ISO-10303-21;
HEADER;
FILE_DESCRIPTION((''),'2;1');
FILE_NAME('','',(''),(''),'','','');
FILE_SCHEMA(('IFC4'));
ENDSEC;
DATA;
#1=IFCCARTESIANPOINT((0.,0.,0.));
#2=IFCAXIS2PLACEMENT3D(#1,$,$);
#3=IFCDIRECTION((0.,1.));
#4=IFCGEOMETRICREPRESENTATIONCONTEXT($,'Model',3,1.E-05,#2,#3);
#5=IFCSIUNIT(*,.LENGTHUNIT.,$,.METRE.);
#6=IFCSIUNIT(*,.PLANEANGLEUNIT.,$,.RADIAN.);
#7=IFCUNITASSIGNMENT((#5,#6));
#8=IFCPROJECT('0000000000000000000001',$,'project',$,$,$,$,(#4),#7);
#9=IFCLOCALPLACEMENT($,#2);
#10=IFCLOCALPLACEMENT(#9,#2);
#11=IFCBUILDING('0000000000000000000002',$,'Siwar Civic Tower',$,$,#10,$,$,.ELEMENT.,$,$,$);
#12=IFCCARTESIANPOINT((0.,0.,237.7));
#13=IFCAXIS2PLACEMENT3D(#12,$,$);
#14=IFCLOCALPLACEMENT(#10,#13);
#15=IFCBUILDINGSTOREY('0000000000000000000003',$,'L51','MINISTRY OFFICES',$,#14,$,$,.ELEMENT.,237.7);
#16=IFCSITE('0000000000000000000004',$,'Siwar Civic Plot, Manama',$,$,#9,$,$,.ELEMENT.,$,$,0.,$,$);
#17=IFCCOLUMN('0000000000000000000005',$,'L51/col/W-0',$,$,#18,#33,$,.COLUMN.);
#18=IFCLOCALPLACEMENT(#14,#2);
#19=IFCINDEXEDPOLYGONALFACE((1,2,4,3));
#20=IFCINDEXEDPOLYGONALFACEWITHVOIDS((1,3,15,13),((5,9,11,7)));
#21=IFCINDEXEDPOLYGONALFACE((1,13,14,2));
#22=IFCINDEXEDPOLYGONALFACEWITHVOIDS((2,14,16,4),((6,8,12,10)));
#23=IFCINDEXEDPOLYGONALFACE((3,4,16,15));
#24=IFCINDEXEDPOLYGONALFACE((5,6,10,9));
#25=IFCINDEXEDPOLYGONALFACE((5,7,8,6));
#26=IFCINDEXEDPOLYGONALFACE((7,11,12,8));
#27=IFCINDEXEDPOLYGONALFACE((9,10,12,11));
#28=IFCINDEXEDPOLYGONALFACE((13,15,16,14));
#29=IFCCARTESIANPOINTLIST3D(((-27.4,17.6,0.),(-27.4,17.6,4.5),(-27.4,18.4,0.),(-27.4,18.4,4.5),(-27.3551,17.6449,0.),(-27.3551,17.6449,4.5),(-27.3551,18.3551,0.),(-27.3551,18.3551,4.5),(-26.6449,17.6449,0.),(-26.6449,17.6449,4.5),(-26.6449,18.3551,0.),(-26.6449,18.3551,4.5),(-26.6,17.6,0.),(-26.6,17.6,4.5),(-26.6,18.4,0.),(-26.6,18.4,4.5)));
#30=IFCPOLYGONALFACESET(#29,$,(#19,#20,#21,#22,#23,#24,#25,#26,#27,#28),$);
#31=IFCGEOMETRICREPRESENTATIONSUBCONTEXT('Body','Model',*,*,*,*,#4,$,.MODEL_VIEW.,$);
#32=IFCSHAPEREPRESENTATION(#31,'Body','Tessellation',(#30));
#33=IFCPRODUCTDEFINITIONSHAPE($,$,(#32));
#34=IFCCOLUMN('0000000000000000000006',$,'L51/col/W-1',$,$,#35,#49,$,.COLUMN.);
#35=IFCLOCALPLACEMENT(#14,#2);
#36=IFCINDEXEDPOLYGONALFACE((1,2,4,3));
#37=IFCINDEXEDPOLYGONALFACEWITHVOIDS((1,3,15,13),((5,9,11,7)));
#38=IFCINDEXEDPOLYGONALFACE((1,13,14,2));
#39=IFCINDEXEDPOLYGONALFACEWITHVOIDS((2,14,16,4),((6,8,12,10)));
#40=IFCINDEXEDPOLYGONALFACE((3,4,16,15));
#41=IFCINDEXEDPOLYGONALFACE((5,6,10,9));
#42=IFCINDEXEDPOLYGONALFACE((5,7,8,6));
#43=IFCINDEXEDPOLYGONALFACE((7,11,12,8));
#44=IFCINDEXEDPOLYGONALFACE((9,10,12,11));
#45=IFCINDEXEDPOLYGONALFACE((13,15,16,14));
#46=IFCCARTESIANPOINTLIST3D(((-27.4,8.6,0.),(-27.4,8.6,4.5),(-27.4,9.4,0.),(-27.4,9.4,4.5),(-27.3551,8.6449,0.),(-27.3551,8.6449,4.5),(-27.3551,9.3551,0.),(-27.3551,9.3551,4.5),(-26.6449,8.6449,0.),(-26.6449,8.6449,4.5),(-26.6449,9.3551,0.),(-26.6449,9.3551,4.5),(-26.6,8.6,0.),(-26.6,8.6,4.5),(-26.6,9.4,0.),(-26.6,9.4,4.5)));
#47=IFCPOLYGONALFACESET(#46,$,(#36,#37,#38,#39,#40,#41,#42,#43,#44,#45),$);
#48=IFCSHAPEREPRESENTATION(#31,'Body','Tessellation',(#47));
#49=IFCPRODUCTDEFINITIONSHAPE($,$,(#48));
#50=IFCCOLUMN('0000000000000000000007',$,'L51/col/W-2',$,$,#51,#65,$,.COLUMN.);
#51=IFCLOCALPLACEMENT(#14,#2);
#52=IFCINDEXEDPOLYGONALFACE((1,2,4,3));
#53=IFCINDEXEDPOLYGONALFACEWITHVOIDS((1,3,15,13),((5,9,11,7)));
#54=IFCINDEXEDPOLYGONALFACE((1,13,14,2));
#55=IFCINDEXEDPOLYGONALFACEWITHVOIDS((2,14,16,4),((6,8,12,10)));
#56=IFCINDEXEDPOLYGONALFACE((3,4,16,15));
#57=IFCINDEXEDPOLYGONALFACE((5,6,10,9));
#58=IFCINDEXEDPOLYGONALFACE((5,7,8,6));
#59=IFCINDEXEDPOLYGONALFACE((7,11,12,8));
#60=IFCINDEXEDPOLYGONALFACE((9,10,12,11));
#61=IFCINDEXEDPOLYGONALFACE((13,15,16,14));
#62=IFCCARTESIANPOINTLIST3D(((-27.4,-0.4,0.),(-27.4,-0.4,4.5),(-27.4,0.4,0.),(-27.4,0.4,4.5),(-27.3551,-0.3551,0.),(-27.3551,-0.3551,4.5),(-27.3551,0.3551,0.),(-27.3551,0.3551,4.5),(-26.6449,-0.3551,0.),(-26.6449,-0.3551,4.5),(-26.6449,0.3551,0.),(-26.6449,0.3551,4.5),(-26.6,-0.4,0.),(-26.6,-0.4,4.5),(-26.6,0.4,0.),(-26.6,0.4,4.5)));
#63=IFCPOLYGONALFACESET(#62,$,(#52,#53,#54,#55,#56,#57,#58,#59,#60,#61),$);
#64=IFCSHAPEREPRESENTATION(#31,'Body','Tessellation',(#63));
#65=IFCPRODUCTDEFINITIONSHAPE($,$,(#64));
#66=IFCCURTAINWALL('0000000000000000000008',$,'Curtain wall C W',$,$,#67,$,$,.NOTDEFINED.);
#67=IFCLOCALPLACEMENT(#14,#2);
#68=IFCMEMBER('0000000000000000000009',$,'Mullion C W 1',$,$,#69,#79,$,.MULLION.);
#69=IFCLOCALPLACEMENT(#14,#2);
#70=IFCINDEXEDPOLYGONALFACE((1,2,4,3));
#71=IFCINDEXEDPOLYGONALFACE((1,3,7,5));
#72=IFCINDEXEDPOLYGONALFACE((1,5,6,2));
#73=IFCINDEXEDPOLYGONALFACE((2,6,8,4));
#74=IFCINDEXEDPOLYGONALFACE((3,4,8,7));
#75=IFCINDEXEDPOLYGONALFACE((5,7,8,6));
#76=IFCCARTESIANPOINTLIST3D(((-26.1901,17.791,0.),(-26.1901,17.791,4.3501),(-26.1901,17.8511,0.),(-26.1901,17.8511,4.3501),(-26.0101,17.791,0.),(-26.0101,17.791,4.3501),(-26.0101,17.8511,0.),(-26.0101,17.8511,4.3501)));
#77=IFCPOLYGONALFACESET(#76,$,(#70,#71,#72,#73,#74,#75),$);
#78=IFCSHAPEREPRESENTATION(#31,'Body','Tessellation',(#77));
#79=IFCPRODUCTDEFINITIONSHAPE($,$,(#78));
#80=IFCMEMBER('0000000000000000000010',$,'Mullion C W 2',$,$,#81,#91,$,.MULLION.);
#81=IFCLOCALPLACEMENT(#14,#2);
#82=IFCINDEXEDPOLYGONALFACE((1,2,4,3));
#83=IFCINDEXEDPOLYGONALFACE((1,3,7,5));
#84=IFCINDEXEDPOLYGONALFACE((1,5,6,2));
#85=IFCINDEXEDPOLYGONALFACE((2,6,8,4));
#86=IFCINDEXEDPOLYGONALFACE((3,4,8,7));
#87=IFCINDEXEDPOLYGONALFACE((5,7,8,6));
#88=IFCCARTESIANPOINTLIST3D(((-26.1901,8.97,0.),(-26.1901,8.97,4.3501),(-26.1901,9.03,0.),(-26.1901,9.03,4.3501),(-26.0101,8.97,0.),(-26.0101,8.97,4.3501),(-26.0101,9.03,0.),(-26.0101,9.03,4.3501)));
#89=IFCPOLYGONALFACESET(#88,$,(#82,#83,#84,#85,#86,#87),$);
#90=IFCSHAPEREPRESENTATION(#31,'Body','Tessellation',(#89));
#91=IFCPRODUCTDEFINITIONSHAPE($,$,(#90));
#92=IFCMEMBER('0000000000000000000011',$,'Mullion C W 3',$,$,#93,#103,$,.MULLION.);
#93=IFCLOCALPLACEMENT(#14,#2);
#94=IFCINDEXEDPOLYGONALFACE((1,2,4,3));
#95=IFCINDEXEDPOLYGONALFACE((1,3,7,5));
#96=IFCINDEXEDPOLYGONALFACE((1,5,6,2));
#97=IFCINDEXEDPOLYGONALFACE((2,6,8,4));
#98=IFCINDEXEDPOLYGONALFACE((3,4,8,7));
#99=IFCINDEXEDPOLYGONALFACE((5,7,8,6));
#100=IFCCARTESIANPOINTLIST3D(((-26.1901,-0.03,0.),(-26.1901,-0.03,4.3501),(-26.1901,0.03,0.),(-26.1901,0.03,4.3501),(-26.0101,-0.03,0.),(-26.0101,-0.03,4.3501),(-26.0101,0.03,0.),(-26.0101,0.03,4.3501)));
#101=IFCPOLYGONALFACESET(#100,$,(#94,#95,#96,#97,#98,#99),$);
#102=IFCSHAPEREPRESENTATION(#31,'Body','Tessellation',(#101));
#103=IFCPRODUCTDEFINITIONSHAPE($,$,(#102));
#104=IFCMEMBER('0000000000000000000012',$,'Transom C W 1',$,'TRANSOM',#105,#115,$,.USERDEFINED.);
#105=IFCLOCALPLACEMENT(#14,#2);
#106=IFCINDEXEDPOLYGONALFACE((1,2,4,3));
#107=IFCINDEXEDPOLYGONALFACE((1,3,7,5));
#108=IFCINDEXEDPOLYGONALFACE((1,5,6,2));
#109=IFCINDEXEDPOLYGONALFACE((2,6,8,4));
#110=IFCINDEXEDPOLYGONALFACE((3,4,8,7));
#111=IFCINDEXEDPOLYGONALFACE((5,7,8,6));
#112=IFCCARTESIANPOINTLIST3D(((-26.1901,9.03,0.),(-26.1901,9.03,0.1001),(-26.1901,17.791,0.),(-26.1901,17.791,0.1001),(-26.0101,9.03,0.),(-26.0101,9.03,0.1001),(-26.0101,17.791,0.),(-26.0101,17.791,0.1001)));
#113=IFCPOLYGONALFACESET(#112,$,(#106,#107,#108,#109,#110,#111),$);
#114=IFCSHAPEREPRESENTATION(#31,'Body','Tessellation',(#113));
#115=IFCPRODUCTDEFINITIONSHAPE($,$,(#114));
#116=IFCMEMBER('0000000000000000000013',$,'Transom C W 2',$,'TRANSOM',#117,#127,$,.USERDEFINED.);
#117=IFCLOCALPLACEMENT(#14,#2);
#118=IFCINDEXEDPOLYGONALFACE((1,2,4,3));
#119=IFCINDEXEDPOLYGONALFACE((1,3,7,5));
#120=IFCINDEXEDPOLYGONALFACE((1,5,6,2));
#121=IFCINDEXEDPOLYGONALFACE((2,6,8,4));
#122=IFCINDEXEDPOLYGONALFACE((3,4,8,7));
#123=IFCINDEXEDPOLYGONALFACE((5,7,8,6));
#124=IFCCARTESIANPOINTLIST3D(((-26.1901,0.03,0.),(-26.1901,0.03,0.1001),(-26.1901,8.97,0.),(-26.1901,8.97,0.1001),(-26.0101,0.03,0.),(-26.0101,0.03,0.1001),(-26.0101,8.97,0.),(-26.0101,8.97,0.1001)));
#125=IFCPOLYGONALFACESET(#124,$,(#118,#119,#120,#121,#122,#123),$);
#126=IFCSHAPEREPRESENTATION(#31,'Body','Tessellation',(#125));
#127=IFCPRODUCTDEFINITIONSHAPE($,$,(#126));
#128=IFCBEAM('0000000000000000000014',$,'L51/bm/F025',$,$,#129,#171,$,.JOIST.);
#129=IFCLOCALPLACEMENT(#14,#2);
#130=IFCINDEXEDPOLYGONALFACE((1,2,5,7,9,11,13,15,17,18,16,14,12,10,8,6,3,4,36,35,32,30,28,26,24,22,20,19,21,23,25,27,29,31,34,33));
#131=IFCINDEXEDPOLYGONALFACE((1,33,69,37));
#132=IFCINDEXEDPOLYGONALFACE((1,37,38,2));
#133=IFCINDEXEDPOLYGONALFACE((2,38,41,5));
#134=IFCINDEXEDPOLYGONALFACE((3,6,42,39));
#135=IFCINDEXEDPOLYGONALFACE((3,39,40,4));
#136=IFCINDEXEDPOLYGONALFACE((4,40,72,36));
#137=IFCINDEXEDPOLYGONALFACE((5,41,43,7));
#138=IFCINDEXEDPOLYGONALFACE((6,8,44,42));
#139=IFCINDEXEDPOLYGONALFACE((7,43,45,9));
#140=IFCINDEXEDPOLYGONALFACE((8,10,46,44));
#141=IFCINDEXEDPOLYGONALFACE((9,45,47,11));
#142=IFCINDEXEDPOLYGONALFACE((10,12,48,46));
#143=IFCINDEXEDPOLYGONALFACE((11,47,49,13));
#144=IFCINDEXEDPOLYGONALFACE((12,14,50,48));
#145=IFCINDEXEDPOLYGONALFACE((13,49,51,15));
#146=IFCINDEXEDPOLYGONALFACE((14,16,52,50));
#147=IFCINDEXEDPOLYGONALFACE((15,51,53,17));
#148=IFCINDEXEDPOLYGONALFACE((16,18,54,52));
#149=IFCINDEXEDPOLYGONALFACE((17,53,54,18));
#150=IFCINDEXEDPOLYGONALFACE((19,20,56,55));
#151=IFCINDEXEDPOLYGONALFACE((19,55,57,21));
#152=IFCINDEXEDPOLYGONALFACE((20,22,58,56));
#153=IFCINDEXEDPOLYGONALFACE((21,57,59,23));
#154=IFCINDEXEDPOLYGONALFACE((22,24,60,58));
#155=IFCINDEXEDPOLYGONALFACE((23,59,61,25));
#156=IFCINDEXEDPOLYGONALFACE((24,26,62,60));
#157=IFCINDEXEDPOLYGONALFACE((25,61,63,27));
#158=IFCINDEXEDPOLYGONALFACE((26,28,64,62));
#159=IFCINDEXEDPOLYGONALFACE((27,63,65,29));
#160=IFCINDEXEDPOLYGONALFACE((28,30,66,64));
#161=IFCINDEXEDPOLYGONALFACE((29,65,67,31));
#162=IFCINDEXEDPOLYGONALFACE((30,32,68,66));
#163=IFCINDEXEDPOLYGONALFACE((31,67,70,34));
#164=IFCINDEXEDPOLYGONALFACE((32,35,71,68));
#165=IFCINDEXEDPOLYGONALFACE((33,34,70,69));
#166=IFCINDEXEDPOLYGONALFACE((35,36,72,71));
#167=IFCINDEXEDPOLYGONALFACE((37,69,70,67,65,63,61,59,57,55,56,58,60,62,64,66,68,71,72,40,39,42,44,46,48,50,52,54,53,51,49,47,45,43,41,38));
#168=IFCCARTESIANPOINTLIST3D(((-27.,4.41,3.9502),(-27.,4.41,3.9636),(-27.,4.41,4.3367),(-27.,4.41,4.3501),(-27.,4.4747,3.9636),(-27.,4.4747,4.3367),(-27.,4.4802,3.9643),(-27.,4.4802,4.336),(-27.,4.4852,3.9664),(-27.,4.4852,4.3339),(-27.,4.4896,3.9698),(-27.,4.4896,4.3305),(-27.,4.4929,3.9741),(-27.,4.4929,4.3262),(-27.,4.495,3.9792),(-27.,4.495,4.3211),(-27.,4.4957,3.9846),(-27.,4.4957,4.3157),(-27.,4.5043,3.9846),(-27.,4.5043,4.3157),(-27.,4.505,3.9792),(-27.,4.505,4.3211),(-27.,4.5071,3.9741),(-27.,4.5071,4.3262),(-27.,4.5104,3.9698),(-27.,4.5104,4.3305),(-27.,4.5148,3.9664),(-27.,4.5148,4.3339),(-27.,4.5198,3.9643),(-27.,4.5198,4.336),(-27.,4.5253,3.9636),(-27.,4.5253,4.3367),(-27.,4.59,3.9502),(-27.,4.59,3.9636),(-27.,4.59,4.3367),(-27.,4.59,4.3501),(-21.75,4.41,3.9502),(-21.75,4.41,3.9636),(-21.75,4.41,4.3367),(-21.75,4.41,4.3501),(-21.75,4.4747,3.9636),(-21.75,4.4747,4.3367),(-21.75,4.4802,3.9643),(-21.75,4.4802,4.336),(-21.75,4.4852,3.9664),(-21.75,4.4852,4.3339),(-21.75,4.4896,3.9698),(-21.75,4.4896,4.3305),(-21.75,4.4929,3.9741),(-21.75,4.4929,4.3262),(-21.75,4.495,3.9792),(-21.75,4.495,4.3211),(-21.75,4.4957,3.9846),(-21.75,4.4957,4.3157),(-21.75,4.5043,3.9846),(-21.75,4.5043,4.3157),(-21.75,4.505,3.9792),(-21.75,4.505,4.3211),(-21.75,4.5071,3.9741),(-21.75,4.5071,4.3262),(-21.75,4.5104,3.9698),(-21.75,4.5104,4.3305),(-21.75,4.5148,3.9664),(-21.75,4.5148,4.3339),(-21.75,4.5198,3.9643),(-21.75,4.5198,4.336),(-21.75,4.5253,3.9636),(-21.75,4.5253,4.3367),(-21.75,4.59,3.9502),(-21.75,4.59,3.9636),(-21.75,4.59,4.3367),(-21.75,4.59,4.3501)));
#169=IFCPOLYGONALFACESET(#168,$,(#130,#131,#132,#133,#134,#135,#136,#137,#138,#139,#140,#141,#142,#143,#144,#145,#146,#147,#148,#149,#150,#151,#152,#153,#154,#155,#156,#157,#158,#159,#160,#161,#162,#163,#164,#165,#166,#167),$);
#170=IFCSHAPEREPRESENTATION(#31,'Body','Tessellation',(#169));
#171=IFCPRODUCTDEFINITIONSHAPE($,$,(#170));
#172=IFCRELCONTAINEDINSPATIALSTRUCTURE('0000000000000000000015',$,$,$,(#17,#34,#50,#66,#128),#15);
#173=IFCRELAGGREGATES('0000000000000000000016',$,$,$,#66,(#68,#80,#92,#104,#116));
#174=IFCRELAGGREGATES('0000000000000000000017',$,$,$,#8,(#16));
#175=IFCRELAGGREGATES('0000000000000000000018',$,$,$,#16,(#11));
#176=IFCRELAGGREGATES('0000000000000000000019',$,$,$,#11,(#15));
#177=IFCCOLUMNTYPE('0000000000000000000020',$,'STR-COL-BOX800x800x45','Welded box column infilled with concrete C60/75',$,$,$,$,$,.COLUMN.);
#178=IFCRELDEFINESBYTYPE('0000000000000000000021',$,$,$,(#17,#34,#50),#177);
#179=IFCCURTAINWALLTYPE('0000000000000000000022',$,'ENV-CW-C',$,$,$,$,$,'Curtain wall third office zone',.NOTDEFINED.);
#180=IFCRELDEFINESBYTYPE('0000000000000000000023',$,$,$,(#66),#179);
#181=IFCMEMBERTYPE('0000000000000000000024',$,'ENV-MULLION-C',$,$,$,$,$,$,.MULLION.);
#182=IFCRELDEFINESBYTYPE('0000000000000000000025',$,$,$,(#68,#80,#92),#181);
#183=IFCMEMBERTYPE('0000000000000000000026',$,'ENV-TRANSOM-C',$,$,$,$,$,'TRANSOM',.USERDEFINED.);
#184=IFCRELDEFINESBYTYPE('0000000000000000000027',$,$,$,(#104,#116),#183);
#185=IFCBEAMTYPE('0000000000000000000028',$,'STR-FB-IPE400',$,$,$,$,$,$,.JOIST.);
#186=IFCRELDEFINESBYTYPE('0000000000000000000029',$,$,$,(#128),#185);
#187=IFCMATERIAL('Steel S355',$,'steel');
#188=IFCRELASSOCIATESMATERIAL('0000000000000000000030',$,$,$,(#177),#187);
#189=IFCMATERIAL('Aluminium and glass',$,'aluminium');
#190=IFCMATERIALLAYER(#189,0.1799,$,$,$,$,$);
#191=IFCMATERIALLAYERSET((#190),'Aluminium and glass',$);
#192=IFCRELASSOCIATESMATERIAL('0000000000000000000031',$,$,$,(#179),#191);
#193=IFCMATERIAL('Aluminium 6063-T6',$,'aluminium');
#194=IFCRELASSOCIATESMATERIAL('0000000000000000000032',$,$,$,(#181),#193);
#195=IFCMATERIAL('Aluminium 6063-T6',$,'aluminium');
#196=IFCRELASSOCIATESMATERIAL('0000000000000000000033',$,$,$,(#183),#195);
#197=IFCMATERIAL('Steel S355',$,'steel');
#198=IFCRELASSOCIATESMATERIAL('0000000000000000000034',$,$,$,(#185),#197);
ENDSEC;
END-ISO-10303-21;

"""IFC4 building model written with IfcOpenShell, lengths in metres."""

from ifc_helpers import new_model, si_unit, direction, frame, origin, origin_2d, place, context, subcontext, project, spatial, rectangle, hollow_rectangle, i_section, extrude, material, layer, layer_set, material_profile, profile_set, type_object, element, aggregate, save


model = new_model("IFC4")

# Units and contexts
model_context = context("Model", 3, precision=1e-05, world=origin(), true_north=direction((0.0, 1.0)))
body_context = subcontext(model_context, "Body", "Model", "MODEL_VIEW")
ifc_project = project(units=[si_unit("LENGTHUNIT", "METRE"), si_unit("PLANEANGLEUNIT", "RADIAN")], contexts=[model_context])

# Site, building, storey
site_placement = place(None, origin())
site = spatial("IfcSite", under=ifc_project, at=site_placement, Name="Siwar Civic Plot, Manama", CompositionType="ELEMENT", RefElevation=0.0)
building_placement = place(site_placement, origin())
building = spatial("IfcBuilding", under=site, at=building_placement, Name="Siwar Civic Tower", CompositionType="ELEMENT")
storey_placement = place(building_placement, frame((0.0, 0.0, 237.7)))
storey = spatial("IfcBuildingStorey", under=building, at=storey_placement, Name="L51", Description="MINISTRY OFFICES", CompositionType="ELEMENT", Elevation=237.7)

# Columns
ifc_material_1 = material(Name="Steel S355", Category="steel")
ifc_material_profile_1 = material_profile(ifc_material_1, hollow_rectangle(XDim=0.8, YDim=0.8, WallThickness=0.0449, at=origin_2d()), Name="BOX800x800x45")
ifc_profile_set_1 = profile_set([ifc_material_profile_1], Name="Steel S355")
column_type = type_object("IfcColumnType", Name="STR-COL-BOX800x800x45", Description="Welded box column infilled with concrete C60/75", PredefinedType="COLUMN", material=ifc_profile_set_1)
for number, where, z_axis, x_axis, name in (
    (1, (-27.0, 18.0, 0.0), (0.0, 0.0, 1.0), (1.0, 0.0, 0.0), "L51/col/W-0"),
    (2, (-27.0, 9.0, 0.0), (0.0, 0.0, 1.0), (1.0, 0.0, 0.0), "L51/col/W-1"),
    (3, (-27.0, 0.0, 0.0), (0.0, 0.0, 1.0), (1.0, 0.0, 0.0), "L51/col/W-2"),
):
    element("IfcColumn", number, at=place(storey_placement, frame(where, z_axis=z_axis, x_axis=x_axis)), inside=storey, type_object=column_type, Name=name, PredefinedType="COLUMN", context=body_context, shape_type="SweptSolid", body=[
        extrude(hollow_rectangle(XDim=0.8, YDim=0.8, WallThickness=0.0449, at=origin_2d()), origin(), (0.0, 0.0, 1.0), 4.5),
    ])

# Curtain wall, members
ifc_material_2 = material(Name="Aluminium and glass", Category="aluminium")
ifc_layer_1 = layer(ifc_material_2, 0.1799)
ifc_layer_set_1 = layer_set([ifc_layer_1], Name="Aluminium and glass")
curtain_wall_type = type_object("IfcCurtainWallType", Name="ENV-CW-C", ElementType="Curtain wall third office zone", PredefinedType="NOTDEFINED", material=ifc_layer_set_1)
curtain_wall_placement = place(storey_placement, origin())
curtain_wall = element("IfcCurtainWall", 4, at=curtain_wall_placement, inside=storey, type_object=curtain_wall_type, Name="Curtain wall C W", PredefinedType="NOTDEFINED")
ifc_material_3 = material(Name="Aluminium 6063-T6", Category="aluminium")
ifc_material_profile_2 = material_profile(ifc_material_3, rectangle(XDim=0.1799, YDim=0.0601, at=origin_2d()), Name="AL 180x60")
ifc_profile_set_2 = profile_set([ifc_material_profile_2], Name="Aluminium 6063-T6")
member_type_1 = type_object("IfcMemberType", Name="ENV-MULLION-C", PredefinedType="MULLION", material=ifc_profile_set_2)
member_1_placement = place(storey_placement, frame((-26.1001, 17.821, 0.0), z_axis=(0.0, 0.0, 1.0), x_axis=(1.0, 0.0, 0.0)))
member_1 = element("IfcMember", 5, at=member_1_placement, type_object=member_type_1, Name="Mullion C W 1", PredefinedType="MULLION", context=body_context, shape_type="SweptSolid", body=[
    extrude(rectangle(XDim=0.1799, YDim=0.0601, at=origin_2d()), origin(), (0.0, 0.0, 1.0), 4.3501),
])
member_2_placement = place(storey_placement, frame((-26.1001, 9.0, 0.0), z_axis=(0.0, 0.0, 1.0), x_axis=(1.0, 0.0, 0.0)))
member_2 = element("IfcMember", 6, at=member_2_placement, type_object=member_type_1, Name="Mullion C W 2", PredefinedType="MULLION", context=body_context, shape_type="SweptSolid", body=[
    extrude(rectangle(XDim=0.1799, YDim=0.0601, at=origin_2d()), origin(), (0.0, 0.0, 1.0), 4.3501),
])
member_3_placement = place(storey_placement, frame((-26.1001, 0.0, 0.0), z_axis=(0.0, 0.0, 1.0), x_axis=(1.0, 0.0, 0.0)))
member_3 = element("IfcMember", 7, at=member_3_placement, type_object=member_type_1, Name="Mullion C W 3", PredefinedType="MULLION", context=body_context, shape_type="SweptSolid", body=[
    extrude(rectangle(XDim=0.1799, YDim=0.0601, at=origin_2d()), origin(), (0.0, 0.0, 1.0), 4.3501),
])
ifc_material_4 = material(Name="Aluminium 6063-T6", Category="aluminium")
ifc_material_profile_3 = material_profile(ifc_material_4, rectangle(XDim=0.1799, YDim=0.1001, at=origin_2d()), Name="AL 180x100")
ifc_profile_set_3 = profile_set([ifc_material_profile_3], Name="Aluminium 6063-T6")
member_type_2 = type_object("IfcMemberType", Name="ENV-TRANSOM-C", ElementType="TRANSOM", PredefinedType="USERDEFINED", material=ifc_profile_set_3)
member_4_placement = place(storey_placement, frame((-26.1001, 17.791, 0.05), z_axis=(0.0, -1.0, 0.0), x_axis=(1.0, 0.0, 0.0)))
member_4 = element("IfcMember", 8, at=member_4_placement, type_object=member_type_2, Name="Transom C W 1", ObjectType="TRANSOM", PredefinedType="USERDEFINED", context=body_context, shape_type="SweptSolid", body=[
    extrude(rectangle(XDim=0.1799, YDim=0.1001, at=origin_2d()), origin(), (0.0, 0.0, 1.0), 8.761),
])
member_5_placement = place(storey_placement, frame((-26.1001, 8.97, 0.05), z_axis=(0.0, -1.0, 0.0), x_axis=(1.0, 0.0, 0.0)))
member_5 = element("IfcMember", 9, at=member_5_placement, type_object=member_type_2, Name="Transom C W 2", ObjectType="TRANSOM", PredefinedType="USERDEFINED", context=body_context, shape_type="SweptSolid", body=[
    extrude(rectangle(XDim=0.1799, YDim=0.1001, at=origin_2d()), origin(), (0.0, 0.0, 1.0), 8.9399),
])

# Beam
ifc_material_5 = material(Name="Steel S355", Category="steel")
ifc_material_profile_4 = material_profile(ifc_material_5, i_section(OverallWidth=0.1799, OverallDepth=0.3999, WebThickness=0.0085, FlangeThickness=0.0134, FilletRadius=0.021, at=origin_2d()), Name="IPE400")
ifc_profile_set_4 = profile_set([ifc_material_profile_4], Name="Steel S355")
beam_type_1 = type_object("IfcBeamType", Name="STR-FB-IPE400", PredefinedType="JOIST", material=ifc_profile_set_4)
for number, where, z_axis, x_axis, name in (
    (10, (-27.0, 4.5, 4.1501), (1.0, 0.0, 0.0), (0.0, 1.0, 0.0), "L51/bm/F025"),
):
    element("IfcBeam", number, at=place(storey_placement, frame(where, z_axis=z_axis, x_axis=x_axis)), inside=storey, type_object=beam_type_1, Name=name, PredefinedType="JOIST", context=body_context, shape_type="SweptSolid", body=[
        extrude(i_section(OverallWidth=0.1799, OverallDepth=0.3999, WebThickness=0.0085, FlangeThickness=0.0134, FilletRadius=0.021, at=origin_2d()), origin(), (0.0, 0.0, 1.0), 5.25),
    ])

aggregate(curtain_wall, [member_1, member_2, member_3, member_4, member_5])

save(model, "model.ifc")
